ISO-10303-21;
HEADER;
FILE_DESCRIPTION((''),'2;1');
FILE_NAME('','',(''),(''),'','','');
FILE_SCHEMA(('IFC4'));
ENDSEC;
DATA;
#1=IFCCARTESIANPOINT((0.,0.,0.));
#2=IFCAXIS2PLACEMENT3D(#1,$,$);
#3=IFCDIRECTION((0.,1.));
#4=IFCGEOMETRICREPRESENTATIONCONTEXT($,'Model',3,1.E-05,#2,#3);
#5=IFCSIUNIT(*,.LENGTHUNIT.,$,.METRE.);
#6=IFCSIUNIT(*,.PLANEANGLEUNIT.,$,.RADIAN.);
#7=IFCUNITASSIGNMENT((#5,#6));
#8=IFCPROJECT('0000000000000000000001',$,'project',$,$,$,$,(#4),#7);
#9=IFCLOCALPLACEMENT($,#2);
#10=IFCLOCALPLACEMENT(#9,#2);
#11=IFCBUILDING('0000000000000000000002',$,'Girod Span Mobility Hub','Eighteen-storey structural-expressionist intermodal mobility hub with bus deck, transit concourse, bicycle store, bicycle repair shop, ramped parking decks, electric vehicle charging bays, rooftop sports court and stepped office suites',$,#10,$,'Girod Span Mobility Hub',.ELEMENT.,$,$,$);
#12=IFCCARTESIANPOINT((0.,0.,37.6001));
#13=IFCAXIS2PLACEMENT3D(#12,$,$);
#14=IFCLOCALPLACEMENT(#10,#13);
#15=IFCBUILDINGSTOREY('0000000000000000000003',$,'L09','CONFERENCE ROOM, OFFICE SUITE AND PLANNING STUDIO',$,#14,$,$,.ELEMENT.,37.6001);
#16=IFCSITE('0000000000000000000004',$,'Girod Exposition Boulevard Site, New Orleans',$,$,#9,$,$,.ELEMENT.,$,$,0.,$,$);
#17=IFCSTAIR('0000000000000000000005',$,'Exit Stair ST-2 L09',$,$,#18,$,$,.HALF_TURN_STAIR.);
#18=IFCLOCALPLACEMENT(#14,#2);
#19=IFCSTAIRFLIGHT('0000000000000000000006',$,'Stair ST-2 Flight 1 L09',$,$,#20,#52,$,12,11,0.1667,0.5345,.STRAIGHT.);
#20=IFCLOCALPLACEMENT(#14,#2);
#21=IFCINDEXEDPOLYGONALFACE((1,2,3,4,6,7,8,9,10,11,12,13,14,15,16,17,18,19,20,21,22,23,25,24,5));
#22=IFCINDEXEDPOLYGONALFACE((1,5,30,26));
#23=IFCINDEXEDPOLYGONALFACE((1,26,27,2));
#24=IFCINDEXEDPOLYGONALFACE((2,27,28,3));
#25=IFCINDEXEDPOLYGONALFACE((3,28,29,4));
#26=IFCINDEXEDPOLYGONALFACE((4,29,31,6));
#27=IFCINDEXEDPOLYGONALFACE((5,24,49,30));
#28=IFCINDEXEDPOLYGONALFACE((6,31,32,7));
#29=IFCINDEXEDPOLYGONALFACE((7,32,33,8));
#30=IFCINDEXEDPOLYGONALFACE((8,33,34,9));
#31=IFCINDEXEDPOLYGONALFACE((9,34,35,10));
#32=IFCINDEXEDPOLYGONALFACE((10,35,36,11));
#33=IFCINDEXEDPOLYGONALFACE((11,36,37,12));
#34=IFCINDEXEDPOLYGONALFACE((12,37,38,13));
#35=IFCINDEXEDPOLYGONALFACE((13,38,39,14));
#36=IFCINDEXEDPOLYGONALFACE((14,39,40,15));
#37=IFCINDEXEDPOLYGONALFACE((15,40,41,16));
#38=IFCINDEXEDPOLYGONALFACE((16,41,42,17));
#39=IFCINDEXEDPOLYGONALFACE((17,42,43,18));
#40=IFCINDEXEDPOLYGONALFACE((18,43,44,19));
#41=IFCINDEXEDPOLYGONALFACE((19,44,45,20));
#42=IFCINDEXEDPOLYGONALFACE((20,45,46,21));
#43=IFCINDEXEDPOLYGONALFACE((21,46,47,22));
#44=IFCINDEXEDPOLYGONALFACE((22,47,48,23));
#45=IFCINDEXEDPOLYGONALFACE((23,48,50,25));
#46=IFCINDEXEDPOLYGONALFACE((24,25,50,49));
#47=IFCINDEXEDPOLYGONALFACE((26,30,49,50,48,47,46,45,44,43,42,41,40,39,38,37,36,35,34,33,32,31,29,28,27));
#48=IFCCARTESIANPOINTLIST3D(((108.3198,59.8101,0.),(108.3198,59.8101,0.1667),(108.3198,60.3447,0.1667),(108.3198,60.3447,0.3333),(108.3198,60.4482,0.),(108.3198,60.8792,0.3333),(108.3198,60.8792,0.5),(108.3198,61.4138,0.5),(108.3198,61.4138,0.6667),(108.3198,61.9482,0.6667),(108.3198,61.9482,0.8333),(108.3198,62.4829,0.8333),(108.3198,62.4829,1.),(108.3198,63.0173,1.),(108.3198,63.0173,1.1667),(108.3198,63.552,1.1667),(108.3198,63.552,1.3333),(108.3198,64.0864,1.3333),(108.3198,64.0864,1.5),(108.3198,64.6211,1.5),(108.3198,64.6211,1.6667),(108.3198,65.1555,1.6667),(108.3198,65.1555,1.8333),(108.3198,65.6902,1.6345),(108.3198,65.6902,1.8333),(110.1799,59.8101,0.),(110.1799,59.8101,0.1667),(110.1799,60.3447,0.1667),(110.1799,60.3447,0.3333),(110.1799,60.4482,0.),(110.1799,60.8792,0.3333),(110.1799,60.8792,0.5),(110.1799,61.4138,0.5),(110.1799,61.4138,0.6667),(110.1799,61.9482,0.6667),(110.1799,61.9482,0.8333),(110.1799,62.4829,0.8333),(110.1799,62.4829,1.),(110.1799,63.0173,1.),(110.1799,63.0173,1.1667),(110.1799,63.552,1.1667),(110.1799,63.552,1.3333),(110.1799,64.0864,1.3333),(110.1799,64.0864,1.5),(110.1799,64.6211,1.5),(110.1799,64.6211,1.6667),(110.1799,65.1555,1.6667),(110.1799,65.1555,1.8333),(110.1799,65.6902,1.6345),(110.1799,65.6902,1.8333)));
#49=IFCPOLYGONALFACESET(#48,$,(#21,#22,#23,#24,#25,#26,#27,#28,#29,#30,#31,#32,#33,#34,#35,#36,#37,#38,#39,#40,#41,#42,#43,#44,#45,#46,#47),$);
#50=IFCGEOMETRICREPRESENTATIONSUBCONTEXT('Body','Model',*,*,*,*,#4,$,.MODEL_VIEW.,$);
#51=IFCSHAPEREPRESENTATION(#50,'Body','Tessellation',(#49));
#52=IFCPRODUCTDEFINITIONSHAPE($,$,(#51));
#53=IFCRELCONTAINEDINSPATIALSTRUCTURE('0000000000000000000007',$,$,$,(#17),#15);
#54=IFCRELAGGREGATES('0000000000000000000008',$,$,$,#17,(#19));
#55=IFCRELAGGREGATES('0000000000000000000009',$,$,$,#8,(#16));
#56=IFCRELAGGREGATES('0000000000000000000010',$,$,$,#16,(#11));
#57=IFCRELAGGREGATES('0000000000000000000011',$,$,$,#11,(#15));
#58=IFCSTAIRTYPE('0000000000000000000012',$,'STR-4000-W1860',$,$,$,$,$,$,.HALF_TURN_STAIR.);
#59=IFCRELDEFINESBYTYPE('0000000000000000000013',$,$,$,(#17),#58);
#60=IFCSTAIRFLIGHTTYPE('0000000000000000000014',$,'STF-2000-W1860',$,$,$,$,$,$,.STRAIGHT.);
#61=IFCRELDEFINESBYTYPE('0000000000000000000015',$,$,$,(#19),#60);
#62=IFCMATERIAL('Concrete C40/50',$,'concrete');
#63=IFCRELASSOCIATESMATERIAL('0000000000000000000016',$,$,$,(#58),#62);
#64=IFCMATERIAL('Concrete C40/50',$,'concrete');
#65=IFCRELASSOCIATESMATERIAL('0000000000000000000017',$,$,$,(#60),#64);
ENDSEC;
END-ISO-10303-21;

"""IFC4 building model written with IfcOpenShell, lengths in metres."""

from ifc_helpers import new_model, si_unit, direction, frame, origin, place, context, subcontext, project, spatial, polyline, outline, extrude, material, type_object, element, aggregate, save


model = new_model("IFC4")

# Units and contexts
model_context = context("Model", 3, precision=1e-05, world=origin(), true_north=direction((0.0, 1.0)))
body_context = subcontext(model_context, "Body", "Model", "MODEL_VIEW")
ifc_project = project(units=[si_unit("LENGTHUNIT", "METRE"), si_unit("PLANEANGLEUNIT", "RADIAN")], contexts=[model_context])

# Site, building, storey
site_placement = place(None, origin())
site = spatial("IfcSite", under=ifc_project, at=site_placement, Name="Girod Exposition Boulevard Site, New Orleans", CompositionType="ELEMENT", RefElevation=0.0)
building_placement = place(site_placement, origin())
building = spatial("IfcBuilding", under=site, at=building_placement, Name="Girod Span Mobility Hub", Description="Eighteen-storey structural-expressionist intermodal mobility hub with bus deck, transit concourse, bicycle store, bicycle repair shop, ramped parking decks, electric vehicle charging bays, rooftop sports court and stepped office suites", LongName="Girod Span Mobility Hub", CompositionType="ELEMENT")
storey_placement = place(building_placement, frame((0.0, 0.0, 37.6001)))
storey = spatial("IfcBuildingStorey", under=building, at=storey_placement, Name="L09", Description="CONFERENCE ROOM, OFFICE SUITE AND PLANNING STUDIO", CompositionType="ELEMENT", Elevation=37.6001)

# Stair, stair flight
ifc_material_1 = material(Name="Concrete C40/50", Category="concrete")
stair_type = type_object("IfcStairType", Name="STR-4000-W1860", PredefinedType="HALF_TURN_STAIR", material=ifc_material_1)
stair_placement = place(storey_placement, origin())
stair = element("IfcStair", 1, at=stair_placement, inside=storey, type_object=stair_type, Name="Exit Stair ST-2 L09", PredefinedType="HALF_TURN_STAIR")
ifc_material_2 = material(Name="Concrete C40/50", Category="concrete")
stair_flight_type = type_object("IfcStairFlightType", Name="STF-2000-W1860", PredefinedType="STRAIGHT", material=ifc_material_2)
stair_flight_placement = place(storey_placement, frame((109.25, 59.8101, 0.0), z_axis=(0.0, 0.0, 1.0), x_axis=(0.0, 1.0, 0.0)))
stair_flight = element("IfcStairFlight", 2, at=stair_flight_placement, type_object=stair_flight_type, Name="Stair ST-2 Flight 1 L09", NumberOfRisers=12, NumberOfTreads=11, PredefinedType="STRAIGHT", RiserHeight=0.1667, TreadLength=0.5345, context=body_context, shape_type="SweptSolid", body=[
    extrude(outline(polyline([(0.0, 0.0), (0.0, 0.1667), (0.5347, 0.1667), (0.5347, 0.3333), (1.0691, 0.3333), (1.0691, 0.5), (1.6038, 0.5), (1.6038, 0.6667), (2.1382, 0.6667), (2.1382, 0.8333), (2.6729, 0.8333), (2.6729, 1.0), (3.2073, 1.0), (3.2073, 1.1667), (3.7419, 1.1667), (3.7419, 1.3333), (4.2764, 1.3333), (4.2764, 1.5), (4.811, 1.5), (4.811, 1.6667), (5.3455, 1.6667), (5.3455, 1.8333), (5.8801, 1.8333), (5.8801, 2.0), (5.8801, 1.6345), (0.6382, 0.0), (0.0, 0.0)])), frame((0.0, 0.9302, 0.0), z_axis=(0.0, -1.0, 0.0), x_axis=(1.0, 0.0, 0.0)), (0.0, 0.0, 1.0), 1.8601),
])
aggregate(stair, [stair_flight])

save(model, "model.ifc")
